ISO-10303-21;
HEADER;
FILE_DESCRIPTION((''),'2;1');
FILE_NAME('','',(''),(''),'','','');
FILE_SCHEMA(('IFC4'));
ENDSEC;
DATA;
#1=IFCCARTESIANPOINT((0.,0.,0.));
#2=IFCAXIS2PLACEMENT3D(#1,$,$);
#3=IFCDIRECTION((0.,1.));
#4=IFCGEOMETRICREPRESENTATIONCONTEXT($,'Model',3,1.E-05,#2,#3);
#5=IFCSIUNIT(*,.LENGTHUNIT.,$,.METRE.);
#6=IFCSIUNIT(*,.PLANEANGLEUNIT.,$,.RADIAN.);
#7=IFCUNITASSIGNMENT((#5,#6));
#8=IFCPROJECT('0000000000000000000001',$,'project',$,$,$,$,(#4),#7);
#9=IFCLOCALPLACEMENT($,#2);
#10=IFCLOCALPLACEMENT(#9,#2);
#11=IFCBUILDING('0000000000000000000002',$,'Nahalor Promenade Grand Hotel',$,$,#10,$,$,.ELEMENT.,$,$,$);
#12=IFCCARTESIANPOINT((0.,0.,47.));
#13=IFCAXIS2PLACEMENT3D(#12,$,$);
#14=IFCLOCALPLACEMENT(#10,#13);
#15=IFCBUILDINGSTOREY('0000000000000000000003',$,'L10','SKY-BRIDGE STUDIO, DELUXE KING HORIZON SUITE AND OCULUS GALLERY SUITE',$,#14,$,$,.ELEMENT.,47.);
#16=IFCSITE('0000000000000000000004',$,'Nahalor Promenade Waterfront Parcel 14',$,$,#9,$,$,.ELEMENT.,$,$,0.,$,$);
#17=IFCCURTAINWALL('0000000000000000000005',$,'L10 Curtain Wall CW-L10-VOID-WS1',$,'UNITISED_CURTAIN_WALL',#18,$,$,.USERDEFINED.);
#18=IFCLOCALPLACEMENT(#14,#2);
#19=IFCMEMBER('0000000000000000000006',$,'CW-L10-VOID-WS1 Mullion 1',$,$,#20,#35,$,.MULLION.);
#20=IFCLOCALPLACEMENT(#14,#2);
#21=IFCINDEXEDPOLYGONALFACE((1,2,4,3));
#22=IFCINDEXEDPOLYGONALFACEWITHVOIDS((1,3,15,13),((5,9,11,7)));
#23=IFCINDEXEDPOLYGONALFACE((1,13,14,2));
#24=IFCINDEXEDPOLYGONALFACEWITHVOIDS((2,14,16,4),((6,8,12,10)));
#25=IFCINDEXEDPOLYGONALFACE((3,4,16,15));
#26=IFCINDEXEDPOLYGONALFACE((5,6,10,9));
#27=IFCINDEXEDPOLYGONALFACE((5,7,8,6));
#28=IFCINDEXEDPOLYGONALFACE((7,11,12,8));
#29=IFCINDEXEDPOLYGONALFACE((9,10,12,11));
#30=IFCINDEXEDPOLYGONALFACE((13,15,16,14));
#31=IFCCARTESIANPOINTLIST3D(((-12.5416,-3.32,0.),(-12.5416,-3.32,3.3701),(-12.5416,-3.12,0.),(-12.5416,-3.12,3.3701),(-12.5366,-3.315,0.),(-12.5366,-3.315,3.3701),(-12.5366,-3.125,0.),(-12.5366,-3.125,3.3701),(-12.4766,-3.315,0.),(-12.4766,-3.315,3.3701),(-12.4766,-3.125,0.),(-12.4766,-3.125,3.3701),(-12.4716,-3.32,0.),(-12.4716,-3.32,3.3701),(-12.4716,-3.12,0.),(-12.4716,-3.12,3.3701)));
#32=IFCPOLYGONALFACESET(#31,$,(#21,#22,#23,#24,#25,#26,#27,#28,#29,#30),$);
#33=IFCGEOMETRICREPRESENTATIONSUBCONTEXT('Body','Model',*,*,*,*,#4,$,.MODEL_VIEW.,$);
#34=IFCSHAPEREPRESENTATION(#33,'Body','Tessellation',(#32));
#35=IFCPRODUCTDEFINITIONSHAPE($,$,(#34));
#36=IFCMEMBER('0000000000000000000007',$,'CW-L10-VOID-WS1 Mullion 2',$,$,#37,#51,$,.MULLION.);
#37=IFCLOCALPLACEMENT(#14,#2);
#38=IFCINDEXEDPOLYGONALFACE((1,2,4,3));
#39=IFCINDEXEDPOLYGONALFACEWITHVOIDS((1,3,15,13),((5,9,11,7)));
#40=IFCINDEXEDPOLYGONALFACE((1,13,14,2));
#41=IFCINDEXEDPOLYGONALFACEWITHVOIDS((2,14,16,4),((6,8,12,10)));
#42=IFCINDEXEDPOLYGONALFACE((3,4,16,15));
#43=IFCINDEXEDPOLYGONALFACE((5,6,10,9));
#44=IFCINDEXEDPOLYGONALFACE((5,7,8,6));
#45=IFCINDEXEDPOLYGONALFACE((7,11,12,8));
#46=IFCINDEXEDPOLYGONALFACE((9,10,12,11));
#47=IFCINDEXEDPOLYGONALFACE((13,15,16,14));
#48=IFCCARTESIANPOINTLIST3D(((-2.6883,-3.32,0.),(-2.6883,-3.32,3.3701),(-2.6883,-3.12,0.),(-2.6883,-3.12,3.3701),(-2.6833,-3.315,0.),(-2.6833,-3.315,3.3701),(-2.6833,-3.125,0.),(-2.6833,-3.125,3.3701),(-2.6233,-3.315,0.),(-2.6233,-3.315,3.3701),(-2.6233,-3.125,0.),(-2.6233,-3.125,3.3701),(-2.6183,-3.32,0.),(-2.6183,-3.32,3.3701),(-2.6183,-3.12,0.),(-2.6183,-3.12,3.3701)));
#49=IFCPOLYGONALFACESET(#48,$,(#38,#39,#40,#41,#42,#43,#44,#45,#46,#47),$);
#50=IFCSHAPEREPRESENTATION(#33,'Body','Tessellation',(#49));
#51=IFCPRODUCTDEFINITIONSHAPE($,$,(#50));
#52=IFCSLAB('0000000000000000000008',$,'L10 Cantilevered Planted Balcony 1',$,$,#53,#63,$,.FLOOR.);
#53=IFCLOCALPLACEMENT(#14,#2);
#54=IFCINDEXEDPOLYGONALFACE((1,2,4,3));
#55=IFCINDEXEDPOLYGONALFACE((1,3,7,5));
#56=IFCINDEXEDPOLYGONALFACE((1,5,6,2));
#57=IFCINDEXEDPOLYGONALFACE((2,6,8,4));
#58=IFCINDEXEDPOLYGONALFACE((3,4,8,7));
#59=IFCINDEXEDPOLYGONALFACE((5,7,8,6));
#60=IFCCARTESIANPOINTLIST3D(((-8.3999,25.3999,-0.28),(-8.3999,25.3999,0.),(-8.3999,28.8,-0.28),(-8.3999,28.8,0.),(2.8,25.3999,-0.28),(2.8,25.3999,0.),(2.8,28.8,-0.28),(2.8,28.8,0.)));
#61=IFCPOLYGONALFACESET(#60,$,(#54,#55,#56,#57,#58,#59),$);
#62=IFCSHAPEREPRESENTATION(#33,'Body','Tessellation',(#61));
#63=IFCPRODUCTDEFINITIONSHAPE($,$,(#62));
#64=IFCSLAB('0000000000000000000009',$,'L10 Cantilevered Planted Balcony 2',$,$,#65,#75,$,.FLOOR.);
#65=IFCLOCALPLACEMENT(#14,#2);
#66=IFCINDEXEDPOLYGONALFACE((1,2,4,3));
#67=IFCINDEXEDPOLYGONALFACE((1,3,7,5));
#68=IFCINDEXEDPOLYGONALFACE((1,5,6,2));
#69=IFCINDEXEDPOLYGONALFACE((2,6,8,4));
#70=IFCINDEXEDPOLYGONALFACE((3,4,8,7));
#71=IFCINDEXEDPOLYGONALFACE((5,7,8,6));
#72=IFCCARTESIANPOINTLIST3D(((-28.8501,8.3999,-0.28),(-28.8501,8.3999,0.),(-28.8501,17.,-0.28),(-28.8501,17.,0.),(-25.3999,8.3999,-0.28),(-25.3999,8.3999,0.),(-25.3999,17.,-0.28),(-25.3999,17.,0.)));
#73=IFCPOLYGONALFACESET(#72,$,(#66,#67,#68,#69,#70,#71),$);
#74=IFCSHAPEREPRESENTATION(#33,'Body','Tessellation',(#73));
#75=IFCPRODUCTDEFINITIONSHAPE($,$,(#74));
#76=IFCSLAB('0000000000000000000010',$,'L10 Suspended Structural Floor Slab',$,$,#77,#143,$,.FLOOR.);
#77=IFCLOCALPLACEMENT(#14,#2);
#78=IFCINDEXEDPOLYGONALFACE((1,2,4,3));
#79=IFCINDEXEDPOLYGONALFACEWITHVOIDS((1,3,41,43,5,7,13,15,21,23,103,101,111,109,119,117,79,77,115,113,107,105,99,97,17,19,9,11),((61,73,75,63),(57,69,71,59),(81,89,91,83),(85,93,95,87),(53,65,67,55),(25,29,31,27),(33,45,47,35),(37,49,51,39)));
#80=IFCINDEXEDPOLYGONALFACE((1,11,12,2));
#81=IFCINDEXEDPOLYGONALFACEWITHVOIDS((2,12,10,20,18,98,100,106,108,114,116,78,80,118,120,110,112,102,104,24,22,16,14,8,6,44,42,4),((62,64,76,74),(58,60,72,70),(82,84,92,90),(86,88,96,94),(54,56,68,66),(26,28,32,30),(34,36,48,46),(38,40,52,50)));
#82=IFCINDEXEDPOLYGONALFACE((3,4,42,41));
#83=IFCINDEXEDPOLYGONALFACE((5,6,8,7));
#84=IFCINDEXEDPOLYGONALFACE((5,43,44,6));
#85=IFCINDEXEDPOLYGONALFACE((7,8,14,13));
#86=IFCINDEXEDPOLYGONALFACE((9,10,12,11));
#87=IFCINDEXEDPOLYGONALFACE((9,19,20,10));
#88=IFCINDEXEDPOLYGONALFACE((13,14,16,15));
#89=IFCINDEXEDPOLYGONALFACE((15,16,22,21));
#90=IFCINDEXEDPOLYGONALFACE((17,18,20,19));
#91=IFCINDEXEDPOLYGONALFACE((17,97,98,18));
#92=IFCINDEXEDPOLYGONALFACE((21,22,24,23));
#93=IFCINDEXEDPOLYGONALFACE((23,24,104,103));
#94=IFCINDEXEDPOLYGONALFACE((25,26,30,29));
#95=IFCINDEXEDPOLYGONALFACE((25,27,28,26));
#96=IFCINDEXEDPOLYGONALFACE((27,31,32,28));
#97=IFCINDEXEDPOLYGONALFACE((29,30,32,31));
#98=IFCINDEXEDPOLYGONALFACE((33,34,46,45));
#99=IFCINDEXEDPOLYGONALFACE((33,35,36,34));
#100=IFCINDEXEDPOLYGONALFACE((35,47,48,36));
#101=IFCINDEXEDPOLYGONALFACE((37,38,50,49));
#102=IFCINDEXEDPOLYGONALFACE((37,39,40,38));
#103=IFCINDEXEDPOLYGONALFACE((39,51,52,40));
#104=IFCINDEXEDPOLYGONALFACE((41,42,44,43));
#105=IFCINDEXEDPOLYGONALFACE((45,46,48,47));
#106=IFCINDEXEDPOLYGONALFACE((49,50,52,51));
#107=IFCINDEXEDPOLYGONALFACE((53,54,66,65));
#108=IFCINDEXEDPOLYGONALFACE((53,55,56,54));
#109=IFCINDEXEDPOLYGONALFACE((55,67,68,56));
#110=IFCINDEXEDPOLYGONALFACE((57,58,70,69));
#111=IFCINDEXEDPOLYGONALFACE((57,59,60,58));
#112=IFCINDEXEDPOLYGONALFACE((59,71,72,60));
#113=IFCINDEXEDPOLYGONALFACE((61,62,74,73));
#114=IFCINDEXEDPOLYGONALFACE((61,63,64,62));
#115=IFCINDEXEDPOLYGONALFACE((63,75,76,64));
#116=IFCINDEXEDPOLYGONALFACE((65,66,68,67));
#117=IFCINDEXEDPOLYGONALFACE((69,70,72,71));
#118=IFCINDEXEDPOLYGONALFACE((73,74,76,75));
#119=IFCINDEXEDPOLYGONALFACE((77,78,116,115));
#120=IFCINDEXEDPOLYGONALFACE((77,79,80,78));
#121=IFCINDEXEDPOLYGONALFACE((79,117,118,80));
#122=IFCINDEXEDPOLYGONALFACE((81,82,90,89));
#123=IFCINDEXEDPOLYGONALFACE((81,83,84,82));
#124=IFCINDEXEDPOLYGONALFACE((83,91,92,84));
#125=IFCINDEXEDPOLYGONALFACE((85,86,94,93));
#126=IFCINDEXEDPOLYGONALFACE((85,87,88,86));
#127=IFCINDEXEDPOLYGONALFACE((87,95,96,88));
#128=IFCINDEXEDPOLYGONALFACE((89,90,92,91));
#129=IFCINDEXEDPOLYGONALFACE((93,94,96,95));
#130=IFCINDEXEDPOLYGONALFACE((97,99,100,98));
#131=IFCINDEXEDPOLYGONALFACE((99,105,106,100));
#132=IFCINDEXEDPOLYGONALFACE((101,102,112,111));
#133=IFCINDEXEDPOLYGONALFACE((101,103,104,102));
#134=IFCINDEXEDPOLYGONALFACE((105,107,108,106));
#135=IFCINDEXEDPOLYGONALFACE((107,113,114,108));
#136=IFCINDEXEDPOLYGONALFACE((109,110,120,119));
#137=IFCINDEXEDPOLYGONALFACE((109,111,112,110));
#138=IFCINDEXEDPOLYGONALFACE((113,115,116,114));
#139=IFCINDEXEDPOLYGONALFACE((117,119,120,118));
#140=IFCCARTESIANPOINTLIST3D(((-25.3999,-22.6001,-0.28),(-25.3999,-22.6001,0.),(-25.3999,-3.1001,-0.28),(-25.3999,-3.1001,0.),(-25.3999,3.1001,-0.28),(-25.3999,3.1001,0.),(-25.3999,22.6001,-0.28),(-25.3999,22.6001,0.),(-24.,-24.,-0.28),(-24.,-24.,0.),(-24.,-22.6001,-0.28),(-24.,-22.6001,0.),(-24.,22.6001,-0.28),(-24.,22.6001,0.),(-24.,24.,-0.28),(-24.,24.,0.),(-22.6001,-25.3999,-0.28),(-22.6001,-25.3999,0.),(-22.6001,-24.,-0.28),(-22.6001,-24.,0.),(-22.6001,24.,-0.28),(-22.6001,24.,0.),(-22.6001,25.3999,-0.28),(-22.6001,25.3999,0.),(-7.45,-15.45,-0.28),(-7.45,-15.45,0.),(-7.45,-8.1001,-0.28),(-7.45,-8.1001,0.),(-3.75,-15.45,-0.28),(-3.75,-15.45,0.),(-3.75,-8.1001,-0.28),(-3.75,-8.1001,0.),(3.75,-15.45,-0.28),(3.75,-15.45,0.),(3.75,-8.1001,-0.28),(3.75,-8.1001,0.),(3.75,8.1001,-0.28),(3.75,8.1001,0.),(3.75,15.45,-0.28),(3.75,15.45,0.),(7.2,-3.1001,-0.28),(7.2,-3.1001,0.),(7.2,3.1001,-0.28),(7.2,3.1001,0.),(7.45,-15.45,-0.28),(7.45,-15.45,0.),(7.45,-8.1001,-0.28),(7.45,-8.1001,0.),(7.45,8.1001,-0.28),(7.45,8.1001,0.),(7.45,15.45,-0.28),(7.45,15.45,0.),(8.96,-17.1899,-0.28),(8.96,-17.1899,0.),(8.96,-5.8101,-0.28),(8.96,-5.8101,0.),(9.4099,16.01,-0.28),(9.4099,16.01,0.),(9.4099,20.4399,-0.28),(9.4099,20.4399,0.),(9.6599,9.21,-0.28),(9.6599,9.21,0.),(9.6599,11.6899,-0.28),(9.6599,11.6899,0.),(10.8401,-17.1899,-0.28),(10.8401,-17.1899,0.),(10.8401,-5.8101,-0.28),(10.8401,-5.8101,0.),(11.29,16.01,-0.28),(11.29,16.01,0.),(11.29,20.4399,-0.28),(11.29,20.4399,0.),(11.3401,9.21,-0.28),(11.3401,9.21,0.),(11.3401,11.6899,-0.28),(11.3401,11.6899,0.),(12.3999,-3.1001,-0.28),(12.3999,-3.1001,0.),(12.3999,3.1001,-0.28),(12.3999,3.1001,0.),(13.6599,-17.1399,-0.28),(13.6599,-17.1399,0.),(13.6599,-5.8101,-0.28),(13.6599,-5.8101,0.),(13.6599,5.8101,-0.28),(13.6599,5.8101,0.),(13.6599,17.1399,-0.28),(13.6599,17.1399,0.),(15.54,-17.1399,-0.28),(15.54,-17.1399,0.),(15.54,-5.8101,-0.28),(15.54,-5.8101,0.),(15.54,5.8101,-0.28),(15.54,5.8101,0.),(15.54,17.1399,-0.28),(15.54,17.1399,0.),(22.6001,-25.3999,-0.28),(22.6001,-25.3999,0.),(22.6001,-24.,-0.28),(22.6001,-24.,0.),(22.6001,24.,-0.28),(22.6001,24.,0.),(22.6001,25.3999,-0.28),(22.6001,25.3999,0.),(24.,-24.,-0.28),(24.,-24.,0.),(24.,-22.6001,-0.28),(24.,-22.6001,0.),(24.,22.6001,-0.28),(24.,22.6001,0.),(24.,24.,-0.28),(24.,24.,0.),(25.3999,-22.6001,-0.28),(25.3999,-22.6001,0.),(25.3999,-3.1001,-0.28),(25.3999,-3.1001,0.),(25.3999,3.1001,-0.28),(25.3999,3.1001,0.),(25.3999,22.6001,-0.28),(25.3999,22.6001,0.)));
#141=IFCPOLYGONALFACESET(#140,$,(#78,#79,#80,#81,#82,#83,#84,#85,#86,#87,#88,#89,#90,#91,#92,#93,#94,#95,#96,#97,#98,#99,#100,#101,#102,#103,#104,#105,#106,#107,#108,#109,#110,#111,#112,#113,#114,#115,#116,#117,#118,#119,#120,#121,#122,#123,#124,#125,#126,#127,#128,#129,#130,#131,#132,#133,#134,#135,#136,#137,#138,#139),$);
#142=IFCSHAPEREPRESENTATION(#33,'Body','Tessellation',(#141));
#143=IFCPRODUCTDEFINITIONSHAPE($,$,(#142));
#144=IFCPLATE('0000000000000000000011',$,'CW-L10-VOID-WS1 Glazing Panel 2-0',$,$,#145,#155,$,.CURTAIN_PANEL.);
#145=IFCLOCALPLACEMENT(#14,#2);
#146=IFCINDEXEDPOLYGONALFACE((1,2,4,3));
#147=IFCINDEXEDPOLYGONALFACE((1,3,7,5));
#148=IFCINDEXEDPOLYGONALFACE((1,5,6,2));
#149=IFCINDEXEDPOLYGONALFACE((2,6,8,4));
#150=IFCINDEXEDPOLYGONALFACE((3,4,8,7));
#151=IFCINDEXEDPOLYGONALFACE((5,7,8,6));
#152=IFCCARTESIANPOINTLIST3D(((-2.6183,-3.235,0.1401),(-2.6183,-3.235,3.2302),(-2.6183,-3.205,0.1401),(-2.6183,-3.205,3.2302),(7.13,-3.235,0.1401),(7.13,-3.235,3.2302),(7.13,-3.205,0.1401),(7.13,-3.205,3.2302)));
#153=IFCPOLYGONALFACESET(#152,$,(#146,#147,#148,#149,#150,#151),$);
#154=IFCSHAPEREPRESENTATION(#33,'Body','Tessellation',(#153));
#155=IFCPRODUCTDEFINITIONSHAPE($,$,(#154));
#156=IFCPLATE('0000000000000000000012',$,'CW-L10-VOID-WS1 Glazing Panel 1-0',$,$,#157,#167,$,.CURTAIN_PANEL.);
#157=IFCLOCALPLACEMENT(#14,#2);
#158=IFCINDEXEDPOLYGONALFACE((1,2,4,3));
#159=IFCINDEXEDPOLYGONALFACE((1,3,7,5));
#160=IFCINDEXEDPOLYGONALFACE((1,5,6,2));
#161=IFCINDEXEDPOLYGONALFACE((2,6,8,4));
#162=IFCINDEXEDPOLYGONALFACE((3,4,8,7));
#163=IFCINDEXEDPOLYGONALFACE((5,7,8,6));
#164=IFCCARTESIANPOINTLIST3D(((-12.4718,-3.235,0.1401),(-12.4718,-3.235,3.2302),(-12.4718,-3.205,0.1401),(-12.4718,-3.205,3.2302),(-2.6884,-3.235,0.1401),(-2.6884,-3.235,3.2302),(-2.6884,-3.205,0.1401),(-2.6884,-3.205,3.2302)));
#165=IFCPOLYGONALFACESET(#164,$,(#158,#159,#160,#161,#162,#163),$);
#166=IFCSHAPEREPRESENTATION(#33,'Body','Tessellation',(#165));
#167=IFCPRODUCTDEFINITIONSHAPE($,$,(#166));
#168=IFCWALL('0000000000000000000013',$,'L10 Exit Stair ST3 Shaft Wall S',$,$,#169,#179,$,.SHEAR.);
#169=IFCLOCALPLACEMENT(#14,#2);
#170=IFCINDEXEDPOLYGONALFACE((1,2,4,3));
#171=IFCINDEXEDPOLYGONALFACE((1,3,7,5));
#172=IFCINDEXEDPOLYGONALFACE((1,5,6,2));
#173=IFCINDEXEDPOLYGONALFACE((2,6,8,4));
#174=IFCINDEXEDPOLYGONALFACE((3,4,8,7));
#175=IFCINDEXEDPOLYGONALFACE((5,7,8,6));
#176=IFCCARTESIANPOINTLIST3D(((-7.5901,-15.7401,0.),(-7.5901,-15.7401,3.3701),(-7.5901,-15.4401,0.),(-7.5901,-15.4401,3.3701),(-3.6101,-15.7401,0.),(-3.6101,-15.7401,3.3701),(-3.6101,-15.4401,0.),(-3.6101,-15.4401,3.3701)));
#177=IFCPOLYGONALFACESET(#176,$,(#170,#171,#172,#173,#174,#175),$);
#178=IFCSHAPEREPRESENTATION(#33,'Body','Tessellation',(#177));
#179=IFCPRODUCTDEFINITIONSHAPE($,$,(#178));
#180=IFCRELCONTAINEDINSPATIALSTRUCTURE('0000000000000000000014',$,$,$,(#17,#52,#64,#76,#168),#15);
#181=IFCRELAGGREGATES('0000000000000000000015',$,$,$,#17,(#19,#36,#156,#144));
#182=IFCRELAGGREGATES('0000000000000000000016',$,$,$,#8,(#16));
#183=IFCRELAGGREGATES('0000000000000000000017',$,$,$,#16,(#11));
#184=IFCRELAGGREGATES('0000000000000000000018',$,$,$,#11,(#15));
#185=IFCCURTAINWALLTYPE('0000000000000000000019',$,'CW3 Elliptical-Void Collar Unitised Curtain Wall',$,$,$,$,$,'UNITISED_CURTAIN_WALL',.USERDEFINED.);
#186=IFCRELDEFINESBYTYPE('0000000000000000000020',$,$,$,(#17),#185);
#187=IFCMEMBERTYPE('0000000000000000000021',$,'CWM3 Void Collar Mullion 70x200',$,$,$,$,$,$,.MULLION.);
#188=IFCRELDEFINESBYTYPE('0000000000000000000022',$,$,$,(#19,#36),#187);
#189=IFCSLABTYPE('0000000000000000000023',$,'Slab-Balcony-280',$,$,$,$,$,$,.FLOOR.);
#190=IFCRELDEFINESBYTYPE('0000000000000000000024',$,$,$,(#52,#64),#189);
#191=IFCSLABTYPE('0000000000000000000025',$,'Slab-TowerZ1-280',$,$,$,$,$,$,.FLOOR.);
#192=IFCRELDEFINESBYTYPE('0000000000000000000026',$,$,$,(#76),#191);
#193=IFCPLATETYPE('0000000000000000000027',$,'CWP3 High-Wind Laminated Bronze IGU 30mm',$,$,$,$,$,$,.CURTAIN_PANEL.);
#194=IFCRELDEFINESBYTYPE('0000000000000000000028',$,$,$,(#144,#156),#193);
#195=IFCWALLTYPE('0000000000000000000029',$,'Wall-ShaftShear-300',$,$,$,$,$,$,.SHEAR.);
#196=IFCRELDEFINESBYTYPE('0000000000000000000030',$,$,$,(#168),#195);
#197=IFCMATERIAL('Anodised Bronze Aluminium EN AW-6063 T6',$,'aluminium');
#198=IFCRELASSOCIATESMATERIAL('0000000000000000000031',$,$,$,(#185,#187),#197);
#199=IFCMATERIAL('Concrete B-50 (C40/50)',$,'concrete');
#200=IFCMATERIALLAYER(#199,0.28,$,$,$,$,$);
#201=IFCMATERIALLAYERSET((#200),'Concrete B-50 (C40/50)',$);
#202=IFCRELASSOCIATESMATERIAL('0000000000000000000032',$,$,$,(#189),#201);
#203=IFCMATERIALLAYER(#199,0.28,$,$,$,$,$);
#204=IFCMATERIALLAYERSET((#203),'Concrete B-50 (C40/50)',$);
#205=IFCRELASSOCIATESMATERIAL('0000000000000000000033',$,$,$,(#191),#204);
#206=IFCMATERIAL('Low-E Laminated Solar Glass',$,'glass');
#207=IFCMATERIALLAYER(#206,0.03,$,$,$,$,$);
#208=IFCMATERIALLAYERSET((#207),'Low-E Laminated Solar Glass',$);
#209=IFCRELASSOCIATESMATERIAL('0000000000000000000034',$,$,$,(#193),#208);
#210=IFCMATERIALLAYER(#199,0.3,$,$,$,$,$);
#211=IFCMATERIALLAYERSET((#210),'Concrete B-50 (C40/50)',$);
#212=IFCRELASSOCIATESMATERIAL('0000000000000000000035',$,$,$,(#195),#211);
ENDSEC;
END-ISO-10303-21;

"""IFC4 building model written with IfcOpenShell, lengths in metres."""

from ifc_helpers import new_model, si_unit, direction, frame, frame_2d, origin, origin_2d, place, context, subcontext, project, spatial, polyline, rectangle, hollow_rectangle, outline, extrude, source, transform, mapped, material, layer, layer_set, material_profile, profile_set, type_object, element, aggregate, save


model = new_model("IFC4")

# Units and contexts
model_context = context("Model", 3, precision=1e-05, world=origin(), true_north=direction((0.0, 1.0)))
body_context = subcontext(model_context, "Body", "Model", "MODEL_VIEW")
ifc_project = project(units=[si_unit("LENGTHUNIT", "METRE"), si_unit("PLANEANGLEUNIT", "RADIAN")], contexts=[model_context])

# Site, building, storey
site_placement = place(None, origin())
site = spatial("IfcSite", under=ifc_project, at=site_placement, Name="Nahalor Promenade Waterfront Parcel 14", CompositionType="ELEMENT", RefElevation=0.0)
building_placement = place(site_placement, origin())
building = spatial("IfcBuilding", under=site, at=building_placement, Name="Nahalor Promenade Grand Hotel", CompositionType="ELEMENT")
storey_placement = place(building_placement, frame((0.0, 0.0, 47.0)))
storey = spatial("IfcBuildingStorey", under=building, at=storey_placement, Name="L10", Description="SKY-BRIDGE STUDIO, DELUXE KING HORIZON SUITE AND OCULUS GALLERY SUITE", CompositionType="ELEMENT", Elevation=47.0)

# Curtain wall, members
ifc_material_1 = material(Name="Anodised Bronze Aluminium EN AW-6063 T6", Category="aluminium")
curtain_wall_type = type_object("IfcCurtainWallType", Name="CW3 Elliptical-Void Collar Unitised Curtain Wall", ElementType="UNITISED_CURTAIN_WALL", PredefinedType="USERDEFINED", material=ifc_material_1)
curtain_wall_placement = place(storey_placement, origin())
curtain_wall = element("IfcCurtainWall", 1, at=curtain_wall_placement, inside=storey, type_object=curtain_wall_type, Name="L10 Curtain Wall CW-L10-VOID-WS1", ObjectType="UNITISED_CURTAIN_WALL", PredefinedType="USERDEFINED")
ifc_material_profile_1 = material_profile(ifc_material_1, hollow_rectangle(XDim=0.07, YDim=0.2, WallThickness=0.005, at=origin_2d()), Name="CWM 70x200x5")
ifc_profile_set_1 = profile_set([ifc_material_profile_1], Name="Anodised Bronze Aluminium EN AW-6063 T6")
member_type_1 = type_object("IfcMemberType", Name="CWM3 Void Collar Mullion 70x200", PredefinedType="MULLION", material=ifc_profile_set_1)
shared_shape_1 = source(origin(), body_context, "Body", "SweptSolid", [
    extrude(hollow_rectangle(XDim=0.07, YDim=0.2, WallThickness=0.005, at=origin_2d()), origin(), (0.0, 0.0, 1.0), 3.3701),
])
member_1_placement = place(storey_placement, frame((-12.5066, -3.22, 0.0), z_axis=(0.0, 0.0, 1.0), x_axis=(1.0, 0.0, 0.0)))
member_1 = element("IfcMember", 2, at=member_1_placement, type_object=member_type_1, Name="CW-L10-VOID-WS1 Mullion 1", PredefinedType="MULLION", context=body_context, shape_type="MappedRepresentation", body=[
    mapped(shared_shape_1, transform((0.0, 0.0, 0.0), scale=1.0)),
])
member_2_placement = place(storey_placement, frame((-2.6533, -3.22, 0.0), z_axis=(0.0, 0.0, 1.0), x_axis=(1.0, 0.0, 0.0)))
member_2 = element("IfcMember", 3, at=member_2_placement, type_object=member_type_1, Name="CW-L10-VOID-WS1 Mullion 2", PredefinedType="MULLION", context=body_context, shape_type="MappedRepresentation", body=[
    mapped(shared_shape_1, transform((0.0, 0.0, 0.0), scale=1.0)),
])

# Slabs
ifc_material_2 = material(Name="Concrete B-50 (C40/50)", Category="concrete")
ifc_layer_1 = layer(ifc_material_2, 0.28)
ifc_layer_set_1 = layer_set([ifc_layer_1], Name="Concrete B-50 (C40/50)")
slab_type_1 = type_object("IfcSlabType", Name="Slab-Balcony-280", PredefinedType="FLOOR", material=ifc_layer_set_1)
slab_1_placement = place(storey_placement, frame((0.0, 0.0, -0.28)))
element("IfcSlab", 4, at=slab_1_placement, inside=storey, type_object=slab_type_1, Name="L10 Cantilevered Planted Balcony 1", PredefinedType="FLOOR", context=body_context, shape_type="SweptSolid", body=[
    extrude(outline(polyline([(-8.3999, 25.3999), (2.8, 25.3999), (2.8, 28.8), (-8.3999, 28.8), (-8.3999, 25.3999)])), origin(), (0.0, 0.0, 1.0), 0.28),
])
slab_2_placement = place(storey_placement, frame((0.0, 0.0, -0.28)))
element("IfcSlab", 5, at=slab_2_placement, inside=storey, type_object=slab_type_1, Name="L10 Cantilevered Planted Balcony 2", PredefinedType="FLOOR", context=body_context, shape_type="SweptSolid", body=[
    extrude(outline(polyline([(-28.8501, 8.3999), (-25.3999, 8.3999), (-25.3999, 17.0), (-28.8501, 17.0), (-28.8501, 8.3999)])), origin(), (0.0, 0.0, 1.0), 0.28),
])
ifc_layer_2 = layer(ifc_material_2, 0.28)
ifc_layer_set_2 = layer_set([ifc_layer_2], Name="Concrete B-50 (C40/50)")
slab_type_2 = type_object("IfcSlabType", Name="Slab-TowerZ1-280", PredefinedType="FLOOR", material=ifc_layer_set_2)
slab_3_placement = place(storey_placement, frame((0.0, 0.0, -0.28)))
element("IfcSlab", 6, at=slab_3_placement, inside=storey, type_object=slab_type_2, Name="L10 Suspended Structural Floor Slab", PredefinedType="FLOOR", context=body_context, shape_type="SweptSolid", body=[
    extrude(outline(polyline([(-22.6001, -25.3999), (22.6001, -25.3999), (22.6001, -24.0), (24.0, -24.0), (24.0, -22.6001), (25.3999, -22.6001), (25.3999, -3.1001), (12.3999, -3.1001), (12.3999, 3.1001), (25.3999, 3.1001), (25.3999, 22.6001), (24.0, 22.6001), (24.0, 24.0), (22.6001, 24.0), (22.6001, 25.3999), (-22.6001, 25.3999), (-22.6001, 24.0), (-24.0, 24.0), (-24.0, 22.6001), (-25.3999, 22.6001), (-25.3999, 3.1001), (7.2, 3.1001), (7.2, -3.1001), (-25.3999, -3.1001), (-25.3999, -22.6001), (-24.0, -22.6001), (-24.0, -24.0), (-22.6001, -24.0), (-22.6001, -25.3999)]), holes=[polyline([(3.75, 8.1001), (7.45, 8.1001), (7.45, 15.45), (3.75, 15.45), (3.75, 8.1001)]), polyline([(3.75, -15.45), (7.45, -15.45), (7.45, -8.1001), (3.75, -8.1001), (3.75, -15.45)]), polyline([(-7.45, -15.45), (-3.75, -15.45), (-3.75, -8.1001), (-7.45, -8.1001), (-7.45, -15.45)]), polyline([(13.6599, 5.8101), (15.54, 5.8101), (15.54, 17.1399), (13.6599, 17.1399), (13.6599, 5.8101)]), polyline([(13.6599, -17.1399), (15.54, -17.1399), (15.54, -5.8101), (13.6599, -5.8101), (13.6599, -17.1399)]), polyline([(8.96, -17.1899), (10.8401, -17.1899), (10.8401, -5.8101), (8.96, -5.8101), (8.96, -17.1899)]), polyline([(9.4099, 16.01), (11.29, 16.01), (11.29, 20.4399), (9.4099, 20.4399), (9.4099, 16.01)]), polyline([(9.6599, 9.21), (11.3401, 9.21), (11.3401, 11.6899), (9.6599, 11.6899), (9.6599, 9.21)])]), origin(), (0.0, 0.0, 1.0), 0.28),
])

# Plates
ifc_material_3 = material(Name="Low-E Laminated Solar Glass", Category="glass")
ifc_layer_3 = layer(ifc_material_3, 0.03)
ifc_layer_set_3 = layer_set([ifc_layer_3], Name="Low-E Laminated Solar Glass")
plate_type = type_object("IfcPlateType", Name="CWP3 High-Wind Laminated Bronze IGU 30mm", PredefinedType="CURTAIN_PANEL", material=ifc_layer_set_3)
shared_shape_2 = source(origin(), body_context, "Body", "SweptSolid", [
    extrude(rectangle(XDim=9.7483, YDim=0.03, at=origin_2d()), origin(), (0.0, 0.0, 1.0), 3.0901),
])
plate_1_placement = place(storey_placement, frame((2.2559, -3.22, 0.1401), z_axis=(0.0, 0.0, 1.0), x_axis=(1.0, 0.0, 0.0)))
plate_1 = element("IfcPlate", 7, at=plate_1_placement, type_object=plate_type, Name="CW-L10-VOID-WS1 Glazing Panel 2-0", PredefinedType="CURTAIN_PANEL", context=body_context, shape_type="MappedRepresentation", body=[
    mapped(shared_shape_2, transform((0.0, 0.0, 0.0), scale=1.0)),
])
shared_shape_3 = source(origin(), body_context, "Body", "SweptSolid", [
    extrude(rectangle(XDim=9.7834, YDim=0.03, at=origin_2d()), origin(), (0.0, 0.0, 1.0), 3.0901),
])
plate_2_placement = place(storey_placement, frame((-7.5801, -3.22, 0.1401), z_axis=(0.0, 0.0, 1.0), x_axis=(1.0, 0.0, 0.0)))
plate_2 = element("IfcPlate", 8, at=plate_2_placement, type_object=plate_type, Name="CW-L10-VOID-WS1 Glazing Panel 1-0", PredefinedType="CURTAIN_PANEL", context=body_context, shape_type="MappedRepresentation", body=[
    mapped(shared_shape_3, transform((0.0, 0.0, 0.0), scale=1.0)),
])
aggregate(curtain_wall, [member_1, member_2, plate_2, plate_1])

# Wall
ifc_layer_4 = layer(ifc_material_2, 0.3)
ifc_layer_set_4 = layer_set([ifc_layer_4], Name="Concrete B-50 (C40/50)")
wall_type_1 = type_object("IfcWallType", Name="Wall-ShaftShear-300", PredefinedType="SHEAR", material=ifc_layer_set_4)
shared_shape_4 = source(origin(), body_context, "Body", "SweptSolid", [
    extrude(rectangle(XDim=3.98, YDim=0.3, at=frame_2d((1.99, 0.0))), origin(), (0.0, 0.0, 1.0), 3.3701),
])
wall_1_placement = place(storey_placement, frame((-7.5901, -15.5901, 0.0), z_axis=(0.0, 0.0, 1.0), x_axis=(1.0, 0.0, 0.0)))
element("IfcWall", 9, at=wall_1_placement, inside=storey, type_object=wall_type_1, Name="L10 Exit Stair ST3 Shaft Wall S", PredefinedType="SHEAR", context=body_context, shape_type="MappedRepresentation", body=[
    mapped(shared_shape_4, transform((0.0, 0.0, 0.0), scale=1.0)),
])

save(model, "model.ifc")
